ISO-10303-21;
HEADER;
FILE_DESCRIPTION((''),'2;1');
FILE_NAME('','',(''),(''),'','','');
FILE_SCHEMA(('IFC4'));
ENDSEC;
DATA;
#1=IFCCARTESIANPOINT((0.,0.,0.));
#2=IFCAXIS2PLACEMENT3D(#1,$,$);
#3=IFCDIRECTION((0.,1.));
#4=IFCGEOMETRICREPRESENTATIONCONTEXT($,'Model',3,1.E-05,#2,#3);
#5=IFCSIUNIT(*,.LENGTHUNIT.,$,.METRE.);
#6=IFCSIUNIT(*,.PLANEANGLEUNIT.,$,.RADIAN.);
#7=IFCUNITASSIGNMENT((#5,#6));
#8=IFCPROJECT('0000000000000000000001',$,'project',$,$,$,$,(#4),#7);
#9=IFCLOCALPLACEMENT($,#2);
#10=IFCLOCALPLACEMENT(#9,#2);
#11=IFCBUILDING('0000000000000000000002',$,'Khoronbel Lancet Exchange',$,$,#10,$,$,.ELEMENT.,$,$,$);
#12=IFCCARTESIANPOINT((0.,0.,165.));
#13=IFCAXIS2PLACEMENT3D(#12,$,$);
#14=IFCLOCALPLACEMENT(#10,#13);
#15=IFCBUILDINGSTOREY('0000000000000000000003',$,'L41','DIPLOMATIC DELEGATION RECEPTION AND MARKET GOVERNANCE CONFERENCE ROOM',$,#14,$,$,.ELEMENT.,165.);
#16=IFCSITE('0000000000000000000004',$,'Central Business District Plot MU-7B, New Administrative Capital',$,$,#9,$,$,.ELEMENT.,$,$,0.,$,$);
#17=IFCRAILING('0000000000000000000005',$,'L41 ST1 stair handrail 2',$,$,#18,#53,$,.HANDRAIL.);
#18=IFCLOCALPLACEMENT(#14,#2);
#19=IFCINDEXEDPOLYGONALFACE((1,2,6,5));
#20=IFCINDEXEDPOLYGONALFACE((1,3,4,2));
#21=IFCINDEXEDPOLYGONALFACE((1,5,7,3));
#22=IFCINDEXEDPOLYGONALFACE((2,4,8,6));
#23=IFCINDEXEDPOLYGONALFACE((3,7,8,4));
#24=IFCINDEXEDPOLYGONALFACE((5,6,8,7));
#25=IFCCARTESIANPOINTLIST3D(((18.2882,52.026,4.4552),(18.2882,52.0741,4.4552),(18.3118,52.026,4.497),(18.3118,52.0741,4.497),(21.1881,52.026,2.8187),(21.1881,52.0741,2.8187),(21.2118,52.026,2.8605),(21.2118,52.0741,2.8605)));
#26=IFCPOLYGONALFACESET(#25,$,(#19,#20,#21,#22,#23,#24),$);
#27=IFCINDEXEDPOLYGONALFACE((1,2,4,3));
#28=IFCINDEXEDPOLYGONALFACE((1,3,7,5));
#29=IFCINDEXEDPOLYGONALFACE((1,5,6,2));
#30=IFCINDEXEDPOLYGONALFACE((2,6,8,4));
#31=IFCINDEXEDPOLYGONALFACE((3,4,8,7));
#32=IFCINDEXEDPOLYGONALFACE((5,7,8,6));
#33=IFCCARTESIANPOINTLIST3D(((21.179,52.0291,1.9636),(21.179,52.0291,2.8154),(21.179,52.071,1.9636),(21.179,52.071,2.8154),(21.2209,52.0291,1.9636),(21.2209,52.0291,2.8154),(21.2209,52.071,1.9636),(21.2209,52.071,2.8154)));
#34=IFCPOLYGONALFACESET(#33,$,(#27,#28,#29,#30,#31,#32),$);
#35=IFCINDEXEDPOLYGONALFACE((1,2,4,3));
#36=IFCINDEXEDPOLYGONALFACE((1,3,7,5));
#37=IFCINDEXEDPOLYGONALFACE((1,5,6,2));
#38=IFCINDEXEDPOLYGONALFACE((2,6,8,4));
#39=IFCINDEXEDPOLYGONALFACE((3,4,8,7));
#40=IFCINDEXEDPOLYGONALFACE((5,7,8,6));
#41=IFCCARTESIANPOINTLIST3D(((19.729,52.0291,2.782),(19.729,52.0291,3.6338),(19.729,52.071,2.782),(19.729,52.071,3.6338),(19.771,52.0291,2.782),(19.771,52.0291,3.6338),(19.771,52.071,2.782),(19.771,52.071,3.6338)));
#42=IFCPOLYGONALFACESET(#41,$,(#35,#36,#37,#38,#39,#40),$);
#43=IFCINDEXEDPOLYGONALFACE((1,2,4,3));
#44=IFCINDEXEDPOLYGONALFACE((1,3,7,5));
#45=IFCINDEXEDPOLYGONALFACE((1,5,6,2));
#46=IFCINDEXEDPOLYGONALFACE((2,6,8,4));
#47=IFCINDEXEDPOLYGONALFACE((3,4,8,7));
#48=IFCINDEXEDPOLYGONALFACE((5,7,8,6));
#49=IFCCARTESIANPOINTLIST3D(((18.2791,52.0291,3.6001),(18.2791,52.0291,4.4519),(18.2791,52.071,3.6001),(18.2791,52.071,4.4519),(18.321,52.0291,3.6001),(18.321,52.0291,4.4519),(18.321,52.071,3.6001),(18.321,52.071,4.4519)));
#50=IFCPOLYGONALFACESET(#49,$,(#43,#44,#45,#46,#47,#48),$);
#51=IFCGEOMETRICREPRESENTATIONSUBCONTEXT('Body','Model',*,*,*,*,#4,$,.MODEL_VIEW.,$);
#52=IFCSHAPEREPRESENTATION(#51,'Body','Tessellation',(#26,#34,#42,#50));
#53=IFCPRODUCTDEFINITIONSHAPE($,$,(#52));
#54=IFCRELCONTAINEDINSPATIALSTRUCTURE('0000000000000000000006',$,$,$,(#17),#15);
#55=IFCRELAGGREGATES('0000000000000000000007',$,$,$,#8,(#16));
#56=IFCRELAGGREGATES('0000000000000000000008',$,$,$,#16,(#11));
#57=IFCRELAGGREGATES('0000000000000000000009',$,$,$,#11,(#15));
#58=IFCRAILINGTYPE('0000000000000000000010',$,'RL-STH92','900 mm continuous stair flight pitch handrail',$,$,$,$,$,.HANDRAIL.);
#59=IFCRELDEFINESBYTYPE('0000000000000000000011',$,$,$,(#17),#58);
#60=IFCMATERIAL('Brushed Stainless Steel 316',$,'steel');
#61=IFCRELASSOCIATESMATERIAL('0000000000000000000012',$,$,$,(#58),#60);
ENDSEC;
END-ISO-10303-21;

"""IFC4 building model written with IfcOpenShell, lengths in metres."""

from ifc_helpers import new_model, si_unit, direction, frame, origin, origin_2d, place, context, subcontext, project, spatial, rectangle, extrude, material, type_object, element, save


model = new_model("IFC4")

# Units and contexts
model_context = context("Model", 3, precision=1e-05, world=origin(), true_north=direction((0.0, 1.0)))
body_context = subcontext(model_context, "Body", "Model", "MODEL_VIEW")
ifc_project = project(units=[si_unit("LENGTHUNIT", "METRE"), si_unit("PLANEANGLEUNIT", "RADIAN")], contexts=[model_context])

# Site, building, storey
site_placement = place(None, origin())
site = spatial("IfcSite", under=ifc_project, at=site_placement, Name="Central Business District Plot MU-7B, New Administrative Capital", CompositionType="ELEMENT", RefElevation=0.0)
building_placement = place(site_placement, origin())
building = spatial("IfcBuilding", under=site, at=building_placement, Name="Khoronbel Lancet Exchange", CompositionType="ELEMENT")
storey_placement = place(building_placement, frame((0.0, 0.0, 165.0)))
storey = spatial("IfcBuildingStorey", under=building, at=storey_placement, Name="L41", Description="DIPLOMATIC DELEGATION RECEPTION AND MARKET GOVERNANCE CONFERENCE ROOM", CompositionType="ELEMENT", Elevation=165.0)

# Railing
ifc_material_1 = material(Name="Brushed Stainless Steel 316", Category="steel")
railing_type_1 = type_object("IfcRailingType", Name="RL-STH92", Description="900 mm continuous stair flight pitch handrail", PredefinedType="HANDRAIL", material=ifc_material_1)
railing_1_placement = place(storey_placement, frame((21.2, 52.05, 1.9636)))
element("IfcRailing", 1, at=railing_1_placement, inside=storey, type_object=railing_type_1, Name="L41 ST1 stair handrail 2", PredefinedType="HANDRAIL", context=body_context, shape_type="SweptSolid", body=[
    extrude(rectangle(XDim=0.0481, YDim=0.0481, at=origin_2d()), frame((0.0, 0.0, 0.876), z_axis=(-0.870897, 0.0, 0.491465), x_axis=(0.0, -1.0, 0.0)), (0.0, 0.0, 1.0), 3.3298),
    extrude(rectangle(XDim=0.042, YDim=0.042, at=origin_2d()), origin(), (0.0, 0.0, 1.0), 0.8518),
    extrude(rectangle(XDim=0.042, YDim=0.042, at=origin_2d()), frame((-1.45, 0.0, 0.8184)), (0.0, 0.0, 1.0), 0.8518),
    extrude(rectangle(XDim=0.042, YDim=0.042, at=origin_2d()), frame((-2.8999, 0.0, 1.6365)), (0.0, 0.0, 1.0), 0.8518),
])

save(model, "model.ifc")
